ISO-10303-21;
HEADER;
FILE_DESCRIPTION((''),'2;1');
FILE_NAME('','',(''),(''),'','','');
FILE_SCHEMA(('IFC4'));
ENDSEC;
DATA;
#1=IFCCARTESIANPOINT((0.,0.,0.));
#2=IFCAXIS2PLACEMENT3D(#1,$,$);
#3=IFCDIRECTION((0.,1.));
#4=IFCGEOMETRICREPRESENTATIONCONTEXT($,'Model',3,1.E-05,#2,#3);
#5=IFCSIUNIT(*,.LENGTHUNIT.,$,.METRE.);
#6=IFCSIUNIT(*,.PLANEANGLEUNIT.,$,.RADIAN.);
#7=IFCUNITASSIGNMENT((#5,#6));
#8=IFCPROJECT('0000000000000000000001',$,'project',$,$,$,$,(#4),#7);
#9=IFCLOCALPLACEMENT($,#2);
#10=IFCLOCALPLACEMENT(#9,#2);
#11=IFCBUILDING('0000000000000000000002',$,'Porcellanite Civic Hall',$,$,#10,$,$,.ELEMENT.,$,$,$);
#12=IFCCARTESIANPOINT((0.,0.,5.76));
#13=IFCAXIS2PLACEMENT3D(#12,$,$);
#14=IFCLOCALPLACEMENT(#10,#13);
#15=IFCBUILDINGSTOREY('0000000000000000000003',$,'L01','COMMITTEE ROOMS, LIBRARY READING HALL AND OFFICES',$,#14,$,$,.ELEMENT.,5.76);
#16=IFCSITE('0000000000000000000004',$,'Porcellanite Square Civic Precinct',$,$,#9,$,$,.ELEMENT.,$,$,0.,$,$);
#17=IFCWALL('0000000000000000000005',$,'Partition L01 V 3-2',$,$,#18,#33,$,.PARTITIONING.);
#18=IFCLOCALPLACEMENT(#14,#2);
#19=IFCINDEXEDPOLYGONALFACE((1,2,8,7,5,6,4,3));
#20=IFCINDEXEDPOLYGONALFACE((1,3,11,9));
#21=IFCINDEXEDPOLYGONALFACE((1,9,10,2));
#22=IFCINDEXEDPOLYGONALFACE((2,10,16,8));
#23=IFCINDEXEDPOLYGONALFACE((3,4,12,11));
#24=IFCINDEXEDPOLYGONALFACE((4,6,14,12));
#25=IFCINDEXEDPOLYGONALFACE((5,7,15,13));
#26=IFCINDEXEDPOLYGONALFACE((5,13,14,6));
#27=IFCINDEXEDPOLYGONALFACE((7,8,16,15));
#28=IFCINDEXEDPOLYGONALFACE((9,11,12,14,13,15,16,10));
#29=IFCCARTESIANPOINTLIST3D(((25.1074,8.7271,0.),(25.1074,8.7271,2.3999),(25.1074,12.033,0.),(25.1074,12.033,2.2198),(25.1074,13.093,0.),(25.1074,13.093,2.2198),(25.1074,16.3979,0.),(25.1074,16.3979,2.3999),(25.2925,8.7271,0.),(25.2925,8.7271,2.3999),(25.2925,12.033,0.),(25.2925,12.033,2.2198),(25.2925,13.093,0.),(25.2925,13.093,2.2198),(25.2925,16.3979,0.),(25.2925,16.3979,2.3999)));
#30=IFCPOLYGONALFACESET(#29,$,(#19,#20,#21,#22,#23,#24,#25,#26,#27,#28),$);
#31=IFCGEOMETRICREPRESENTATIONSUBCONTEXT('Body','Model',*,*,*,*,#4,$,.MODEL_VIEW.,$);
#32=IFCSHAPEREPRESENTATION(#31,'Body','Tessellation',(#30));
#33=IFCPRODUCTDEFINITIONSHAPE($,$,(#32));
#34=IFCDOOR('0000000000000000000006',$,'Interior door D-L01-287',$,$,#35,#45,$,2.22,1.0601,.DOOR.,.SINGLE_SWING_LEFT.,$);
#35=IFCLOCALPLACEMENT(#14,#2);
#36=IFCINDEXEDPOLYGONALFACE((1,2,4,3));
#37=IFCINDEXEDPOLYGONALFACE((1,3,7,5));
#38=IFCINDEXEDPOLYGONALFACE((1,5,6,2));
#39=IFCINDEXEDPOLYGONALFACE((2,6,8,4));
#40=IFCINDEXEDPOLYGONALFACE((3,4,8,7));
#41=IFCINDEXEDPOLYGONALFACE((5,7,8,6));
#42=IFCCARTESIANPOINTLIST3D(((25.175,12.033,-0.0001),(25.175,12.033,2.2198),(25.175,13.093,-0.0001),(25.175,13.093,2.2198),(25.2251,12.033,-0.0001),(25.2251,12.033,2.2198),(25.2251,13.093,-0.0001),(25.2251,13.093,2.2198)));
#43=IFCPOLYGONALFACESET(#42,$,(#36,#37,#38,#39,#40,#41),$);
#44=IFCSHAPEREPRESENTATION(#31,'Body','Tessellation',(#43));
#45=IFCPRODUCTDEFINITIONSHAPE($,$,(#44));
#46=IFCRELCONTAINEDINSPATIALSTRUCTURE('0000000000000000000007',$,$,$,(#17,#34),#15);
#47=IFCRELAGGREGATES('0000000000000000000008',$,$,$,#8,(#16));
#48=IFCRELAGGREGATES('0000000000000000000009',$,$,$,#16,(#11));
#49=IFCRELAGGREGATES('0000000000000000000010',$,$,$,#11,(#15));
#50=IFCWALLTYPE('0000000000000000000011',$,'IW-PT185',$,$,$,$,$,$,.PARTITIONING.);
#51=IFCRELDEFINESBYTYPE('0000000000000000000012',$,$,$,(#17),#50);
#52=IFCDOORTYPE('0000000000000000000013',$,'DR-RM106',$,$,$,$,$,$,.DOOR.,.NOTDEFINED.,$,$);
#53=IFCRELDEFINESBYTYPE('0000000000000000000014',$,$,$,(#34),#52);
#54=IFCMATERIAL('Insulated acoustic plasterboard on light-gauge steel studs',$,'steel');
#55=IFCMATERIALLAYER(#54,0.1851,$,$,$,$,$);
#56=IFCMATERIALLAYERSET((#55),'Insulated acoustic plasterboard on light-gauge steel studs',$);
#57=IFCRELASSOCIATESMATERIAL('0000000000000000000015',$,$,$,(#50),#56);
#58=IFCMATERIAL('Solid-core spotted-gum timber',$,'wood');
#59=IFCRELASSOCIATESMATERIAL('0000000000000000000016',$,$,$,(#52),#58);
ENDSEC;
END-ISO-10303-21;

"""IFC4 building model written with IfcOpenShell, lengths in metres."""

from ifc_helpers import new_model, si_unit, direction, frame, frame_2d, origin, place, context, subcontext, project, spatial, rectangle, extrude, material, layer, layer_set, type_object, element, fill, save


model = new_model("IFC4")

# Units and contexts
model_context = context("Model", 3, precision=1e-05, world=origin(), true_north=direction((0.0, 1.0)))
body_context = subcontext(model_context, "Body", "Model", "MODEL_VIEW")
ifc_project = project(units=[si_unit("LENGTHUNIT", "METRE"), si_unit("PLANEANGLEUNIT", "RADIAN")], contexts=[model_context])

# Site, building, storey
site_placement = place(None, origin())
site = spatial("IfcSite", under=ifc_project, at=site_placement, Name="Porcellanite Square Civic Precinct", CompositionType="ELEMENT", RefElevation=0.0)
building_placement = place(site_placement, origin())
building = spatial("IfcBuilding", under=site, at=building_placement, Name="Porcellanite Civic Hall", CompositionType="ELEMENT")
storey_placement = place(building_placement, frame((0.0, 0.0, 5.76)))
storey = spatial("IfcBuildingStorey", under=building, at=storey_placement, Name="L01", Description="COMMITTEE ROOMS, LIBRARY READING HALL AND OFFICES", CompositionType="ELEMENT", Elevation=5.76)

# Wall, opening, door
ifc_material_1 = material(Name="Insulated acoustic plasterboard on light-gauge steel studs", Category="steel")
ifc_layer_1 = layer(ifc_material_1, 0.1851)
ifc_layer_set_1 = layer_set([ifc_layer_1], Name="Insulated acoustic plasterboard on light-gauge steel studs")
wall_type_1 = type_object("IfcWallType", Name="IW-PT185", PredefinedType="PARTITIONING", material=ifc_layer_set_1)
ifc_material_2 = material(Name="Solid-core spotted-gum timber", Category="wood")
door_type_1 = type_object("IfcDoorType", Name="DR-RM106", OperationType="NOTDEFINED", PredefinedType="DOOR", material=ifc_material_2)
wall_1_placement = place(storey_placement, frame((25.2, 8.7271, 0.0), z_axis=(0.0, 0.0, 1.0), x_axis=(0.0, 1.0, 0.0)))
wall_1 = element("IfcWall", 1, at=wall_1_placement, inside=storey, type_object=wall_type_1, Name="Partition L01 V 3-2", PredefinedType="PARTITIONING", context=body_context, shape_type="SweptSolid", body=[
    extrude(rectangle(XDim=7.6709, YDim=0.1851, at=frame_2d((3.8354, 0.0))), origin(), (0.0, 0.0, 1.0), 2.3999),
])
opening_1_placement = place(wall_1_placement, frame((3.3059, 0.0, 0.0)))
opening_1 = element("IfcOpeningElement", 2, at=opening_1_placement, cuts=wall_1, PredefinedType="OPENING", context=body_context, shape_type="SweptSolid", body=[
    extrude(rectangle(XDim=1.0601, YDim=2.22, at=frame_2d((0.53, 1.1099))), frame((0.0, 0.0925, 0.0), z_axis=(0.0, -1.0, 0.0), x_axis=(1.0, 0.0, 0.0)), (0.0, 0.0, 1.0), 0.1851),
])
door_1_placement = place(opening_1_placement, origin())
door_1 = element("IfcDoor", 3, at=door_1_placement, inside=storey, type_object=door_type_1, Name="Interior door D-L01-287", OperationType="SINGLE_SWING_LEFT", OverallHeight=2.22, OverallWidth=1.0601, PredefinedType="DOOR", context=body_context, shape_type="SweptSolid", body=[
    extrude(rectangle(XDim=1.0601, YDim=2.22, at=frame_2d((0.53, 1.1099))), frame((0.0, 0.0249, 0.0), z_axis=(0.0, -1.0, 0.0), x_axis=(1.0, 0.0, 0.0)), (0.0, 0.0, 1.0), 0.05),
])
fill(opening_1, door_1)

save(model, "model.ifc")
